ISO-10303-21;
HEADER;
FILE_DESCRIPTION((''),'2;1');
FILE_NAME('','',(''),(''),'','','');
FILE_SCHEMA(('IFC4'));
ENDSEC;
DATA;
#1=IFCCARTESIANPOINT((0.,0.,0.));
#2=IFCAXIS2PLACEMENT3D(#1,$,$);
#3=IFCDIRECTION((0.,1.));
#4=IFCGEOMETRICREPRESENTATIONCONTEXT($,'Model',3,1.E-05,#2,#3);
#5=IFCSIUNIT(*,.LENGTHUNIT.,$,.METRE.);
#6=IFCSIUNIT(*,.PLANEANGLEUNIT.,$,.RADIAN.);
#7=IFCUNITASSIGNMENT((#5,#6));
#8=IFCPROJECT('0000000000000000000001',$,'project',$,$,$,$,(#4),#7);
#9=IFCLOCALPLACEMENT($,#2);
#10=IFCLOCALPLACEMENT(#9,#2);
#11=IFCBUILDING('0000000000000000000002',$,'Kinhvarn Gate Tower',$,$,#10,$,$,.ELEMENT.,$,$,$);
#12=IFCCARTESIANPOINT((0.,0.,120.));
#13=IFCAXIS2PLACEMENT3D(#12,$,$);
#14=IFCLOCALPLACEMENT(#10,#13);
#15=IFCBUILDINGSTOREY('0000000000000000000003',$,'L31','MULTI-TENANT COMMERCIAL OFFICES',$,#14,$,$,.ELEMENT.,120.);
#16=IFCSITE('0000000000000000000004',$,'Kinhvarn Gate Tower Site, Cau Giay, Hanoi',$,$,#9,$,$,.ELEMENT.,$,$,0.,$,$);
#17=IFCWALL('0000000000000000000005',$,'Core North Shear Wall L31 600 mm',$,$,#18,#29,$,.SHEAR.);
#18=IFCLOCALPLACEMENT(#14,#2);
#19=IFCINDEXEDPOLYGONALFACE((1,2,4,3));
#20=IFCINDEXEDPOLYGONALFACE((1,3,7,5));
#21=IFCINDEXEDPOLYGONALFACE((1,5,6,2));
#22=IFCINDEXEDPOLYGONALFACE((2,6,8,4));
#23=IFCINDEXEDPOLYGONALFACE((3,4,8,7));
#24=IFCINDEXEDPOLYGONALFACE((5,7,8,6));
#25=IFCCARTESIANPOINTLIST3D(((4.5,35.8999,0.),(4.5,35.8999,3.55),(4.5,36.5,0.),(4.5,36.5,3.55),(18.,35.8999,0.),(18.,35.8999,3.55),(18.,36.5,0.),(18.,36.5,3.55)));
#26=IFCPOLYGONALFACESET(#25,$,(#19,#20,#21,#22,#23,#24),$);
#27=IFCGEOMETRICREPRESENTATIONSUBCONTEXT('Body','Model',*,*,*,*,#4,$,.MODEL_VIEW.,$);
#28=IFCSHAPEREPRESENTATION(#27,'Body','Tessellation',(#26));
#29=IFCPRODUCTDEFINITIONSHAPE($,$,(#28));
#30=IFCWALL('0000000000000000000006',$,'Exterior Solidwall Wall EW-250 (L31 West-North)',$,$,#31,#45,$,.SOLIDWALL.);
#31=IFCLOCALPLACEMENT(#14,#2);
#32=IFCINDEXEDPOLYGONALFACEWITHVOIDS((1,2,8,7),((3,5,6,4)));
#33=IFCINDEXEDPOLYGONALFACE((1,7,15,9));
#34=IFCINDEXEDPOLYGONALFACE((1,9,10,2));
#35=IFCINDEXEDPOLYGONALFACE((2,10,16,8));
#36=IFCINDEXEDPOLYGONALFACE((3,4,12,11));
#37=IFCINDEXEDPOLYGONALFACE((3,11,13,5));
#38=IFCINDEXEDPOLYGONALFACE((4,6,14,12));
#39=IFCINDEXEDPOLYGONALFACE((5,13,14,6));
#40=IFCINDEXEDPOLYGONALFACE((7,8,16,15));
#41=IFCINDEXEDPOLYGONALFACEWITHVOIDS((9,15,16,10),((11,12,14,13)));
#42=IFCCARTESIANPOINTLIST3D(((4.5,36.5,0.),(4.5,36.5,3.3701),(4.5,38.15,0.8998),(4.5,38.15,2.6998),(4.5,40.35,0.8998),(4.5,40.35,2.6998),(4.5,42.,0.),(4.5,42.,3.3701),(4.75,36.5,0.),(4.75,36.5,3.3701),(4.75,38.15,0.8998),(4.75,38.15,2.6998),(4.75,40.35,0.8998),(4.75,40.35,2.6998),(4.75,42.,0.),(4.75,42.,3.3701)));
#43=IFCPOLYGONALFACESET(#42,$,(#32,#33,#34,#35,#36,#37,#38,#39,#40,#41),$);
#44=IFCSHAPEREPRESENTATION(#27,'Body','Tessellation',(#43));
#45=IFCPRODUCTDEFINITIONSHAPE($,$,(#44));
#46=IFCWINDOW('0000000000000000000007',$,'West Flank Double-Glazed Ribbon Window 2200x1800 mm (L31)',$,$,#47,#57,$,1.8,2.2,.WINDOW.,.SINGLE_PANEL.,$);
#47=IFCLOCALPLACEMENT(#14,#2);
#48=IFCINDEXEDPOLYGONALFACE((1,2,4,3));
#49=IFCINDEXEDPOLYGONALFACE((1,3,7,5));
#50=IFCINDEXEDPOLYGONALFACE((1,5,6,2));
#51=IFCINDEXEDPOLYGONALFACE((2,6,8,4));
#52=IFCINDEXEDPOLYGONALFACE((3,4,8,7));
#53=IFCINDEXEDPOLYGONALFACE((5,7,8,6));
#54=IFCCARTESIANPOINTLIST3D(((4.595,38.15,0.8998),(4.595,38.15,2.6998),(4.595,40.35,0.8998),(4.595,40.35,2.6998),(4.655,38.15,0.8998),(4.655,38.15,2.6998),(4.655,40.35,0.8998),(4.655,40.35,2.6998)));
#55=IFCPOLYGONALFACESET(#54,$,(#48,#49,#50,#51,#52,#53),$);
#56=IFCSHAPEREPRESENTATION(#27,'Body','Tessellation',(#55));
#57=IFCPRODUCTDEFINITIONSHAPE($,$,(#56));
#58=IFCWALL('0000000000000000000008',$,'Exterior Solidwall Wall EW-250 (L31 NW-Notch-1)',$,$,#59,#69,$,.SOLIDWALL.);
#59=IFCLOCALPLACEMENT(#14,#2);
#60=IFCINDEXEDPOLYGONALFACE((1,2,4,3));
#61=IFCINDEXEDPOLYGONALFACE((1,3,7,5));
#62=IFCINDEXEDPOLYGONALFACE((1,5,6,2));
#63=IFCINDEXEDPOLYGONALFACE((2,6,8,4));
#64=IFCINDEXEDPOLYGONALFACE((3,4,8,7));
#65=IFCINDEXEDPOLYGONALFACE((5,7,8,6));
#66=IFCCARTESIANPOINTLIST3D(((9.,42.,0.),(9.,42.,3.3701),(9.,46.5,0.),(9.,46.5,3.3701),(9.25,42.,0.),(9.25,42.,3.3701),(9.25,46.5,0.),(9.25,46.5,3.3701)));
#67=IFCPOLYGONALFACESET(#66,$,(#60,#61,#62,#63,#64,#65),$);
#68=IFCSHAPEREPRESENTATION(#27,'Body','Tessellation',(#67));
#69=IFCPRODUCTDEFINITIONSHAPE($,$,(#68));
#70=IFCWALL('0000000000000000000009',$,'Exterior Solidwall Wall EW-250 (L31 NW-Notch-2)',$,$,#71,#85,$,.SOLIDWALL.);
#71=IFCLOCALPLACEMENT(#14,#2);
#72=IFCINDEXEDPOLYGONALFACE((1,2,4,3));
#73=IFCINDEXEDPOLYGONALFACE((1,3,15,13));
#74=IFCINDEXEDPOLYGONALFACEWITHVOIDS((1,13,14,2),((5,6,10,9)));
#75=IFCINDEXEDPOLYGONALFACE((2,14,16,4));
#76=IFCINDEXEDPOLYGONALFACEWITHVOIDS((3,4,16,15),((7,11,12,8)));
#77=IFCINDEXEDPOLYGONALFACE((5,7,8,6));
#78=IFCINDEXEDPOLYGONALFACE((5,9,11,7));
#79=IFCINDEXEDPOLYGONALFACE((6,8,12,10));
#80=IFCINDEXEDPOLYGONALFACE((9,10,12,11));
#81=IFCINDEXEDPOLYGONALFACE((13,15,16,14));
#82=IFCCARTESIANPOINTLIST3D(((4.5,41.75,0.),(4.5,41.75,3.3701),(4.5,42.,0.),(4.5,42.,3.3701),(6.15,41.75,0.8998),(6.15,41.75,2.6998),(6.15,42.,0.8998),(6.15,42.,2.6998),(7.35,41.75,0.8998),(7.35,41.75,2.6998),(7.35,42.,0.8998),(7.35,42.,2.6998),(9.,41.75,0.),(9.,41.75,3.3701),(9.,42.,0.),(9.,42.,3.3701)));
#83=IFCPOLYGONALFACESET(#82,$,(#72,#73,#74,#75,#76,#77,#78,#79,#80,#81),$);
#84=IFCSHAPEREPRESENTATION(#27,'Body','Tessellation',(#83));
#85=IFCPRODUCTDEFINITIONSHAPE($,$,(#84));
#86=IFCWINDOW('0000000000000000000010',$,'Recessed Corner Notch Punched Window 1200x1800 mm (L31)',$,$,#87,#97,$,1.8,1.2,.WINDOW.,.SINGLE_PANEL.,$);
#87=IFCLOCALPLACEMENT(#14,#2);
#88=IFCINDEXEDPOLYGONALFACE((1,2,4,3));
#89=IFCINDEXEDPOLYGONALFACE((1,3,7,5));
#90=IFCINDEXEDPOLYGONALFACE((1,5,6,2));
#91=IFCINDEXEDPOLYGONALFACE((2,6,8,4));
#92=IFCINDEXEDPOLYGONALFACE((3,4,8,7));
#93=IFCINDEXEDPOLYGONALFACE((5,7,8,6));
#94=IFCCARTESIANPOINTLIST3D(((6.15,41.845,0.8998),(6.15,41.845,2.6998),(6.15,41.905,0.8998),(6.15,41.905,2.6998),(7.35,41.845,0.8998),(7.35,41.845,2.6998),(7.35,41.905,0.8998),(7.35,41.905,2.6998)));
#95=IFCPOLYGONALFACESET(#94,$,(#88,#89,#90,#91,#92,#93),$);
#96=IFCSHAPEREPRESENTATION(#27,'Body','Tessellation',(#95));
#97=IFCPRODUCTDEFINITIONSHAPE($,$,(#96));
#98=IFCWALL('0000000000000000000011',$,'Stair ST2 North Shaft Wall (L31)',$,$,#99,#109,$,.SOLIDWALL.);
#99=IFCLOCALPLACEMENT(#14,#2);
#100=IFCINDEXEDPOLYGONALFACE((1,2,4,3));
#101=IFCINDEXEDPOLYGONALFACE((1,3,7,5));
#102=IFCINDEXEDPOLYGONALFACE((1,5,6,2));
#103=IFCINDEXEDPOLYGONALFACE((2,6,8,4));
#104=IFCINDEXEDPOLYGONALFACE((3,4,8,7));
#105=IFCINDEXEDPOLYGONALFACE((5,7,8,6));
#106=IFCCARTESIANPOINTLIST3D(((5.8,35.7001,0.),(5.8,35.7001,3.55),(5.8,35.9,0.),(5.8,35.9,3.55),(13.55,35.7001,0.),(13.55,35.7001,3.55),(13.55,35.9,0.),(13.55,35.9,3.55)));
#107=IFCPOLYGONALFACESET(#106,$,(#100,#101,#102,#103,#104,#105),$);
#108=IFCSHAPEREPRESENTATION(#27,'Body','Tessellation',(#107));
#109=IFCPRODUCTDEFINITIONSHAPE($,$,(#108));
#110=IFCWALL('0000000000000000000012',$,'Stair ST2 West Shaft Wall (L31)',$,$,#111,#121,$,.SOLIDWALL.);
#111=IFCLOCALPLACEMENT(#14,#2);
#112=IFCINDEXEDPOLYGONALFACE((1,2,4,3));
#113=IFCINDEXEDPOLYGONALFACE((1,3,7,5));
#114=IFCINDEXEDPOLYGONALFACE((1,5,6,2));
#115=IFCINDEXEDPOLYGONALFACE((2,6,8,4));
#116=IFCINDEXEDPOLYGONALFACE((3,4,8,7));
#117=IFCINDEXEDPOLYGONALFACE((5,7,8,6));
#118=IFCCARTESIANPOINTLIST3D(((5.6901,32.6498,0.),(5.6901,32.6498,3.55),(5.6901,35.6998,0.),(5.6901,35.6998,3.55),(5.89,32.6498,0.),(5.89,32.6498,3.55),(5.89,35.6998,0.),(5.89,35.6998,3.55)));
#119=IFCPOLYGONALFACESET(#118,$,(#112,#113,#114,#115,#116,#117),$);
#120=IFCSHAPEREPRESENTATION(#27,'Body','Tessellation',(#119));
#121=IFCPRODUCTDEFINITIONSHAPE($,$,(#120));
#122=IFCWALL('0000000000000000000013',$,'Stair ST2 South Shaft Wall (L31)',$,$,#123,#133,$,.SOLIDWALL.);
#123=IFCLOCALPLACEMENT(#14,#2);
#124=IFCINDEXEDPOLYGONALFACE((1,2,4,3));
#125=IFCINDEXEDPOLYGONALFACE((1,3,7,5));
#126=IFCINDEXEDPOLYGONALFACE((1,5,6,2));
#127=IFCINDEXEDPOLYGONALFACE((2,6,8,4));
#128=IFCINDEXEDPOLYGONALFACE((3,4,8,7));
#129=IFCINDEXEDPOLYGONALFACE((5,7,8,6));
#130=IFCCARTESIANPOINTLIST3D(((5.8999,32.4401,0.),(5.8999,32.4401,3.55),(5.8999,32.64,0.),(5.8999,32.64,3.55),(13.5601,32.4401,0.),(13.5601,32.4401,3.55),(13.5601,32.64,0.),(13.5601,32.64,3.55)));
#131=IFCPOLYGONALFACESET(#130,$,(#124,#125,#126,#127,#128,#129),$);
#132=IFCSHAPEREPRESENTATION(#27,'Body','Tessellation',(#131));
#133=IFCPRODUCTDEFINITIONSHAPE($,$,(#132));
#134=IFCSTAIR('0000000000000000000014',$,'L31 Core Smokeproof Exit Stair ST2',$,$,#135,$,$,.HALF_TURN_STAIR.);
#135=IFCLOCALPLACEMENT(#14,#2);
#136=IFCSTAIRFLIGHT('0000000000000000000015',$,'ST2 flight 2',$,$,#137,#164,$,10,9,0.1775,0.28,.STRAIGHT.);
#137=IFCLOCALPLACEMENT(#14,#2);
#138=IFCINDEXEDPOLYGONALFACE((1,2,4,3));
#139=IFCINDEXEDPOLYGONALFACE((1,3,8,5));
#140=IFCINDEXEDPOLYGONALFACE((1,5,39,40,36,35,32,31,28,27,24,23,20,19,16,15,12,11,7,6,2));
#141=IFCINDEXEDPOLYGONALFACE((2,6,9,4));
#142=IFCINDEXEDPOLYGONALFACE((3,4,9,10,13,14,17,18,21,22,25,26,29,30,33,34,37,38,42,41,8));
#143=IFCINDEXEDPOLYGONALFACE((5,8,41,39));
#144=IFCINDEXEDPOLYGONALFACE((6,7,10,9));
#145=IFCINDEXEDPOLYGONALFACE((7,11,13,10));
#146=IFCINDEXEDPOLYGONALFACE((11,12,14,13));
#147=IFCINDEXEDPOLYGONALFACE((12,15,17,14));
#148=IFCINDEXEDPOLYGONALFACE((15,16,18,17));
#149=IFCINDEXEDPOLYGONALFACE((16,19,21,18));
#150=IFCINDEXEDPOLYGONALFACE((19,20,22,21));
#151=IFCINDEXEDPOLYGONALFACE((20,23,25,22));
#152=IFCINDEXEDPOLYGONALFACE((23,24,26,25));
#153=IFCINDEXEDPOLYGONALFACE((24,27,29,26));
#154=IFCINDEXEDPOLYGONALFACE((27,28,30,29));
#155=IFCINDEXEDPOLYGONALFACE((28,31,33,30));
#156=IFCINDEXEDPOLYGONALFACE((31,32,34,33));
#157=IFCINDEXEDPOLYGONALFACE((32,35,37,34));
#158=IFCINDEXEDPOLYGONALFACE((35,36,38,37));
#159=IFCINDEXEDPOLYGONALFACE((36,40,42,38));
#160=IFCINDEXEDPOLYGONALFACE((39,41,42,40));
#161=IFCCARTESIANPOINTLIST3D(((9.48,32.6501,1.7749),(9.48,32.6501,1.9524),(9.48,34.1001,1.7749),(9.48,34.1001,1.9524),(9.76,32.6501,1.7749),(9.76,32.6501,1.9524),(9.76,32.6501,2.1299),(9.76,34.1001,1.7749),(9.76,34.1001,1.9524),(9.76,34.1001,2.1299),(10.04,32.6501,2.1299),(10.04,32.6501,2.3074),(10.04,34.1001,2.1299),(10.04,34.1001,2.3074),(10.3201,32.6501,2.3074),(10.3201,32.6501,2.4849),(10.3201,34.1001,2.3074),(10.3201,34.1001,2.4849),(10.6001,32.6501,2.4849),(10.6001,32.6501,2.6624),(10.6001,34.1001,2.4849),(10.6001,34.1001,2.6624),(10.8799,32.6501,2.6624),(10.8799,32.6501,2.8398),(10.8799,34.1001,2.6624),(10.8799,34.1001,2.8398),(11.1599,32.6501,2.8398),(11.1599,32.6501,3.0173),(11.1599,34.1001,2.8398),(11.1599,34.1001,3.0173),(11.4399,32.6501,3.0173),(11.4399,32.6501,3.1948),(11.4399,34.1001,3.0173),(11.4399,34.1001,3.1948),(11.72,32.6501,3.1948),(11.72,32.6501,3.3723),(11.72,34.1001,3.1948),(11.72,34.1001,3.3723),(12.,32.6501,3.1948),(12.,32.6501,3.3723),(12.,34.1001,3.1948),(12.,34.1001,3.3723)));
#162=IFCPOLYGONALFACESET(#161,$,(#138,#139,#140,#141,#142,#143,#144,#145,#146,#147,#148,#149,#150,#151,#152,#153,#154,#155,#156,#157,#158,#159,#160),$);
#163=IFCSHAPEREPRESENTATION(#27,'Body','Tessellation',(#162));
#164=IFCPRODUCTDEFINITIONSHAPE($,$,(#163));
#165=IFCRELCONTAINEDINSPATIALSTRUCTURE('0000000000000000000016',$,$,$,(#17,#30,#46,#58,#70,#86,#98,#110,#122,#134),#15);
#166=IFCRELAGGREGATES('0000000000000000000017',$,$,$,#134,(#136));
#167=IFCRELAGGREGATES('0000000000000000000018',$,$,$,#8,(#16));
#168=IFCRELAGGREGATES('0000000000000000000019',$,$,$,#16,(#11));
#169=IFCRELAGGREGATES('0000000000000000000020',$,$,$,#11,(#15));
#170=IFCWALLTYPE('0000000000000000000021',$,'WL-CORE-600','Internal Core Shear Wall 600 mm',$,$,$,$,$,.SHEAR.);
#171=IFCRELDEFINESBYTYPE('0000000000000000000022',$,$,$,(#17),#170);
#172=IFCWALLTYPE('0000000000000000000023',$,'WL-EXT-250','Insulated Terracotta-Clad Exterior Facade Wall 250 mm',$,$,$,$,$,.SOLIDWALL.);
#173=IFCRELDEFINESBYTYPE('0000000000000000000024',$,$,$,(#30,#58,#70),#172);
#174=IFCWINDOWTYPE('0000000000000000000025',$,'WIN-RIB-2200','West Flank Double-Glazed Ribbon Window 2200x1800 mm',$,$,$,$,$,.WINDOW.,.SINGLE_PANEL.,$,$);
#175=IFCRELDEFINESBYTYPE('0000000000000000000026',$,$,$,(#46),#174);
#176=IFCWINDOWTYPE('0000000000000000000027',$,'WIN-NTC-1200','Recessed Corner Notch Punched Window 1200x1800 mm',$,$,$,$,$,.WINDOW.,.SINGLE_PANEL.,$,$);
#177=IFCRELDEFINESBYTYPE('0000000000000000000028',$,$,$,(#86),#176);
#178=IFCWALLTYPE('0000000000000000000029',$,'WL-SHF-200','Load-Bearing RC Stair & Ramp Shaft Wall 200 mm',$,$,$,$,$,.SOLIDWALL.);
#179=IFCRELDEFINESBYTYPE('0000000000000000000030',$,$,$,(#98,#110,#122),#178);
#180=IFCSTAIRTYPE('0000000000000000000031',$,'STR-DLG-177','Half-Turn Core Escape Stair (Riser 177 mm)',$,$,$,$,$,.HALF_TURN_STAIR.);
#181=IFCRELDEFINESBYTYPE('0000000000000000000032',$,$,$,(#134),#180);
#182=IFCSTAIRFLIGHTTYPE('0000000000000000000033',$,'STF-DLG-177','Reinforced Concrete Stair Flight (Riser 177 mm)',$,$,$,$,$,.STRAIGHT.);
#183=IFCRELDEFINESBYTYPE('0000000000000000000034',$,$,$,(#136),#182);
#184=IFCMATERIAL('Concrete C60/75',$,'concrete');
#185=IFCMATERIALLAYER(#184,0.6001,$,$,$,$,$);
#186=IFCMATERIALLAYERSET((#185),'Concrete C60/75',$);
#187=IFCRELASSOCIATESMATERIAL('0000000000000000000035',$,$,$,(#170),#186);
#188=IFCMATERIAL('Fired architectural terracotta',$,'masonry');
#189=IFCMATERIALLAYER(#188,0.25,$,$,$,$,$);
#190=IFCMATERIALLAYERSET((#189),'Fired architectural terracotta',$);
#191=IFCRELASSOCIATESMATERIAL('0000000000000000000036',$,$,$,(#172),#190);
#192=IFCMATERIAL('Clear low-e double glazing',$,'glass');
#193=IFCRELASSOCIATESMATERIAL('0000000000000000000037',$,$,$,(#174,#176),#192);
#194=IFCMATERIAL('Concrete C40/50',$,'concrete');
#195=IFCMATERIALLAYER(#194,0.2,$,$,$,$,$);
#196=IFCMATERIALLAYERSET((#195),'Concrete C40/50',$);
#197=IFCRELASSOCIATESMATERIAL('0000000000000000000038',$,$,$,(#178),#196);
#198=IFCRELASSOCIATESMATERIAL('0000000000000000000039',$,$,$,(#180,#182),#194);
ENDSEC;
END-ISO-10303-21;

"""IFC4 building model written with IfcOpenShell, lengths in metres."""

from ifc_helpers import new_model, si_unit, direction, frame, frame_2d, origin, place, context, subcontext, project, spatial, polyline, rectangle, outline, extrude, material, layer, layer_set, type_object, element, fill, aggregate, save


model = new_model("IFC4")

# Units and contexts
model_context = context("Model", 3, precision=1e-05, world=origin(), true_north=direction((0.0, 1.0)))
body_context = subcontext(model_context, "Body", "Model", "MODEL_VIEW")
ifc_project = project(units=[si_unit("LENGTHUNIT", "METRE"), si_unit("PLANEANGLEUNIT", "RADIAN")], contexts=[model_context])

# Site, building, storey
site_placement = place(None, origin())
site = spatial("IfcSite", under=ifc_project, at=site_placement, Name="Kinhvarn Gate Tower Site, Cau Giay, Hanoi", CompositionType="ELEMENT", RefElevation=0.0)
building_placement = place(site_placement, origin())
building = spatial("IfcBuilding", under=site, at=building_placement, Name="Kinhvarn Gate Tower", CompositionType="ELEMENT")
storey_placement = place(building_placement, frame((0.0, 0.0, 120.0)))
storey = spatial("IfcBuildingStorey", under=building, at=storey_placement, Name="L31", Description="MULTI-TENANT COMMERCIAL OFFICES", CompositionType="ELEMENT", Elevation=120.0)

# Shared definitions
ifc_material_1 = material(Name="Concrete C60/75", Category="concrete")

# Shared definitions
ifc_material_2 = material(Name="Clear low-e double glazing", Category="glass")

# Wall
ifc_layer_1 = layer(ifc_material_1, 0.6001)
ifc_layer_set_1 = layer_set([ifc_layer_1], Name="Concrete C60/75")
wall_type_1 = type_object("IfcWallType", Name="WL-CORE-600", Description="Internal Core Shear Wall 600 mm", PredefinedType="SHEAR", material=ifc_layer_set_1)
wall_1_placement = place(storey_placement, frame((4.5, 36.2, 0.0), z_axis=(0.0, 0.0, 1.0), x_axis=(1.0, 0.0, 0.0)))
element("IfcWall", 1, at=wall_1_placement, inside=storey, type_object=wall_type_1, Name="Core North Shear Wall L31 600 mm", PredefinedType="SHEAR", context=body_context, shape_type="SweptSolid", body=[
    extrude(rectangle(XDim=13.5, YDim=0.6001, at=frame_2d((6.75, 0.0))), origin(), (0.0, 0.0, 1.0), 3.55),
])

# Wall, opening, window
ifc_material_3 = material(Name="Fired architectural terracotta", Category="masonry")
ifc_layer_2 = layer(ifc_material_3, 0.25)
ifc_layer_set_2 = layer_set([ifc_layer_2], Name="Fired architectural terracotta")
wall_type_2 = type_object("IfcWallType", Name="WL-EXT-250", Description="Insulated Terracotta-Clad Exterior Facade Wall 250 mm", PredefinedType="SOLIDWALL", material=ifc_layer_set_2)
wall_2_placement = place(storey_placement, frame((4.625, 42.0, 0.0), z_axis=(0.0, 0.0, 1.0), x_axis=(0.0, -1.0, 0.0)))
wall_2 = element("IfcWall", 2, at=wall_2_placement, inside=storey, type_object=wall_type_2, Name="Exterior Solidwall Wall EW-250 (L31 West-North)", PredefinedType="SOLIDWALL", context=body_context, shape_type="SweptSolid", body=[
    extrude(rectangle(XDim=5.5, YDim=0.25, at=frame_2d((2.75, 0.0))), origin(), (0.0, 0.0, 1.0), 3.3701),
])
opening_1_placement = place(wall_2_placement, frame((1.6499, 0.0, 0.8999)))
opening_1 = element("IfcOpeningElement", 3, at=opening_1_placement, cuts=wall_2, PredefinedType="OPENING", context=body_context, shape_type="SweptSolid", body=[
    extrude(rectangle(XDim=2.2, YDim=1.8, at=frame_2d((1.1001, 0.8999))), frame((0.0, 0.135, 0.0), z_axis=(0.0, -1.0, 0.0), x_axis=(1.0, 0.0, 0.0)), (0.0, 0.0, 1.0), 0.27),
])
window_type_1 = type_object("IfcWindowType", Name="WIN-RIB-2200", Description="West Flank Double-Glazed Ribbon Window 2200x1800 mm", PartitioningType="SINGLE_PANEL", PredefinedType="WINDOW", material=ifc_material_2)
window_1_placement = place(opening_1_placement, origin())
window_1 = element("IfcWindow", 4, at=window_1_placement, inside=storey, type_object=window_type_1, Name="West Flank Double-Glazed Ribbon Window 2200x1800 mm (L31)", OverallHeight=1.8, OverallWidth=2.2, PartitioningType="SINGLE_PANEL", PredefinedType="WINDOW", context=body_context, shape_type="SweptSolid", body=[
    extrude(rectangle(XDim=2.2, YDim=1.8, at=frame_2d((1.1001, 0.8999))), frame((0.0, 0.03, 0.0), z_axis=(0.0, -1.0, 0.0), x_axis=(1.0, 0.0, 0.0)), (0.0, 0.0, 1.0), 0.0601),
])
fill(opening_1, window_1)

# Wall
wall_3_placement = place(storey_placement, frame((9.125, 46.5, 0.0), z_axis=(0.0, 0.0, 1.0), x_axis=(0.0, -1.0, 0.0)))
element("IfcWall", 5, at=wall_3_placement, inside=storey, type_object=wall_type_2, Name="Exterior Solidwall Wall EW-250 (L31 NW-Notch-1)", PredefinedType="SOLIDWALL", context=body_context, shape_type="SweptSolid", body=[
    extrude(rectangle(XDim=4.5, YDim=0.25, at=frame_2d((2.25, 0.0))), origin(), (0.0, 0.0, 1.0), 3.3701),
])

# Wall, opening, window
wall_4_placement = place(storey_placement, frame((9.0, 41.875, 0.0), z_axis=(0.0, 0.0, 1.0), x_axis=(-1.0, 0.0, 0.0)))
wall_4 = element("IfcWall", 6, at=wall_4_placement, inside=storey, type_object=wall_type_2, Name="Exterior Solidwall Wall EW-250 (L31 NW-Notch-2)", PredefinedType="SOLIDWALL", context=body_context, shape_type="SweptSolid", body=[
    extrude(rectangle(XDim=4.5, YDim=0.25, at=frame_2d((2.25, 0.0))), origin(), (0.0, 0.0, 1.0), 3.3701),
])
opening_2_placement = place(wall_4_placement, frame((1.6499, 0.0, 0.8999)))
opening_2 = element("IfcOpeningElement", 7, at=opening_2_placement, cuts=wall_4, PredefinedType="OPENING", context=body_context, shape_type="SweptSolid", body=[
    extrude(rectangle(XDim=1.2, YDim=1.8, at=frame_2d((0.6001, 0.8999))), frame((0.0, 0.135, 0.0), z_axis=(0.0, -1.0, 0.0), x_axis=(1.0, 0.0, 0.0)), (0.0, 0.0, 1.0), 0.27),
])
window_type_2 = type_object("IfcWindowType", Name="WIN-NTC-1200", Description="Recessed Corner Notch Punched Window 1200x1800 mm", PartitioningType="SINGLE_PANEL", PredefinedType="WINDOW", material=ifc_material_2)
window_2_placement = place(opening_2_placement, origin())
window_2 = element("IfcWindow", 8, at=window_2_placement, inside=storey, type_object=window_type_2, Name="Recessed Corner Notch Punched Window 1200x1800 mm (L31)", OverallHeight=1.8, OverallWidth=1.2, PartitioningType="SINGLE_PANEL", PredefinedType="WINDOW", context=body_context, shape_type="SweptSolid", body=[
    extrude(rectangle(XDim=1.2, YDim=1.8, at=frame_2d((0.6001, 0.8999))), frame((0.0, 0.03, 0.0), z_axis=(0.0, -1.0, 0.0), x_axis=(1.0, 0.0, 0.0)), (0.0, 0.0, 1.0), 0.0601),
])
fill(opening_2, window_2)

# Walls
ifc_material_4 = material(Name="Concrete C40/50", Category="concrete")
ifc_layer_3 = layer(ifc_material_4, 0.2)
ifc_layer_set_3 = layer_set([ifc_layer_3], Name="Concrete C40/50")
wall_type_3 = type_object("IfcWallType", Name="WL-SHF-200", Description="Load-Bearing RC Stair & Ramp Shaft Wall 200 mm", PredefinedType="SOLIDWALL", material=ifc_layer_set_3)
wall_5_placement = place(storey_placement, frame((5.8, 35.8, 0.0), z_axis=(0.0, 0.0, 1.0), x_axis=(1.0, 0.0, 0.0)))
element("IfcWall", 9, at=wall_5_placement, inside=storey, type_object=wall_type_3, Name="Stair ST2 North Shaft Wall (L31)", PredefinedType="SOLIDWALL", context=body_context, shape_type="SweptSolid", body=[
    extrude(rectangle(XDim=7.75, YDim=0.2, at=frame_2d((3.875, 0.0))), origin(), (0.0, 0.0, 1.0), 3.55),
])
wall_6_placement = place(storey_placement, frame((5.79, 32.6499, 0.0), z_axis=(0.0, 0.0, 1.0), x_axis=(0.0, 1.0, 0.0)))
element("IfcWall", 10, at=wall_6_placement, inside=storey, type_object=wall_type_3, Name="Stair ST2 West Shaft Wall (L31)", PredefinedType="SOLIDWALL", context=body_context, shape_type="SweptSolid", body=[
    extrude(rectangle(XDim=3.05, YDim=0.2, at=frame_2d((1.5249, 0.0))), origin(), (0.0, 0.0, 1.0), 3.55),
])
wall_7_placement = place(storey_placement, frame((5.8999, 32.54, 0.0), z_axis=(0.0, 0.0, 1.0), x_axis=(1.0, 0.0, 0.0)))
element("IfcWall", 11, at=wall_7_placement, inside=storey, type_object=wall_type_3, Name="Stair ST2 South Shaft Wall (L31)", PredefinedType="SOLIDWALL", context=body_context, shape_type="SweptSolid", body=[
    extrude(rectangle(XDim=7.6602, YDim=0.2, at=frame_2d((3.8301, 0.0))), origin(), (0.0, 0.0, 1.0), 3.55),
])

# Stair, stair flight
stair_type = type_object("IfcStairType", Name="STR-DLG-177", Description="Half-Turn Core Escape Stair (Riser 177 mm)", PredefinedType="HALF_TURN_STAIR", material=ifc_material_4)
stair_placement = place(storey_placement, origin())
stair = element("IfcStair", 12, at=stair_placement, inside=storey, type_object=stair_type, Name="L31 Core Smokeproof Exit Stair ST2", PredefinedType="HALF_TURN_STAIR")
stair_flight_type = type_object("IfcStairFlightType", Name="STF-DLG-177", Description="Reinforced Concrete Stair Flight (Riser 177 mm)", PredefinedType="STRAIGHT", material=ifc_material_4)
stair_flight_placement = place(storey_placement, frame((9.48, 33.375, 1.7749), z_axis=(0.0, 0.0, 1.0), x_axis=(1.0, 0.0, 0.0)))
stair_flight = element("IfcStairFlight", 13, at=stair_flight_placement, type_object=stair_flight_type, Name="ST2 flight 2", NumberOfRisers=10, NumberOfTreads=9, PredefinedType="STRAIGHT", RiserHeight=0.1775, TreadLength=0.28, context=body_context, shape_type="SweptSolid", body=[
    extrude(outline(polyline([(0.0, 0.0), (0.0, 0.1775), (0.28, 0.1775), (0.28, 0.355), (0.5601, 0.355), (0.5601, 0.5325), (0.8401, 0.5325), (0.8401, 0.71), (1.1201, 0.71), (1.1201, 0.8875), (1.3999, 0.8875), (1.3999, 1.0649), (1.6799, 1.0649), (1.6799, 1.2424), (1.96, 1.2424), (1.96, 1.4199), (2.24, 1.4199), (2.24, 1.5974), (2.52, 1.5974), (2.52, 1.7749), (2.52, 1.4199), (0.28, 0.0), (0.0, 0.0)])), frame((0.0, 0.7251, 0.0), z_axis=(0.0, -1.0, 0.0), x_axis=(1.0, 0.0, 0.0)), (0.0, 0.0, 1.0), 1.45),
])
aggregate(stair, [stair_flight])

save(model, "model.ifc")
